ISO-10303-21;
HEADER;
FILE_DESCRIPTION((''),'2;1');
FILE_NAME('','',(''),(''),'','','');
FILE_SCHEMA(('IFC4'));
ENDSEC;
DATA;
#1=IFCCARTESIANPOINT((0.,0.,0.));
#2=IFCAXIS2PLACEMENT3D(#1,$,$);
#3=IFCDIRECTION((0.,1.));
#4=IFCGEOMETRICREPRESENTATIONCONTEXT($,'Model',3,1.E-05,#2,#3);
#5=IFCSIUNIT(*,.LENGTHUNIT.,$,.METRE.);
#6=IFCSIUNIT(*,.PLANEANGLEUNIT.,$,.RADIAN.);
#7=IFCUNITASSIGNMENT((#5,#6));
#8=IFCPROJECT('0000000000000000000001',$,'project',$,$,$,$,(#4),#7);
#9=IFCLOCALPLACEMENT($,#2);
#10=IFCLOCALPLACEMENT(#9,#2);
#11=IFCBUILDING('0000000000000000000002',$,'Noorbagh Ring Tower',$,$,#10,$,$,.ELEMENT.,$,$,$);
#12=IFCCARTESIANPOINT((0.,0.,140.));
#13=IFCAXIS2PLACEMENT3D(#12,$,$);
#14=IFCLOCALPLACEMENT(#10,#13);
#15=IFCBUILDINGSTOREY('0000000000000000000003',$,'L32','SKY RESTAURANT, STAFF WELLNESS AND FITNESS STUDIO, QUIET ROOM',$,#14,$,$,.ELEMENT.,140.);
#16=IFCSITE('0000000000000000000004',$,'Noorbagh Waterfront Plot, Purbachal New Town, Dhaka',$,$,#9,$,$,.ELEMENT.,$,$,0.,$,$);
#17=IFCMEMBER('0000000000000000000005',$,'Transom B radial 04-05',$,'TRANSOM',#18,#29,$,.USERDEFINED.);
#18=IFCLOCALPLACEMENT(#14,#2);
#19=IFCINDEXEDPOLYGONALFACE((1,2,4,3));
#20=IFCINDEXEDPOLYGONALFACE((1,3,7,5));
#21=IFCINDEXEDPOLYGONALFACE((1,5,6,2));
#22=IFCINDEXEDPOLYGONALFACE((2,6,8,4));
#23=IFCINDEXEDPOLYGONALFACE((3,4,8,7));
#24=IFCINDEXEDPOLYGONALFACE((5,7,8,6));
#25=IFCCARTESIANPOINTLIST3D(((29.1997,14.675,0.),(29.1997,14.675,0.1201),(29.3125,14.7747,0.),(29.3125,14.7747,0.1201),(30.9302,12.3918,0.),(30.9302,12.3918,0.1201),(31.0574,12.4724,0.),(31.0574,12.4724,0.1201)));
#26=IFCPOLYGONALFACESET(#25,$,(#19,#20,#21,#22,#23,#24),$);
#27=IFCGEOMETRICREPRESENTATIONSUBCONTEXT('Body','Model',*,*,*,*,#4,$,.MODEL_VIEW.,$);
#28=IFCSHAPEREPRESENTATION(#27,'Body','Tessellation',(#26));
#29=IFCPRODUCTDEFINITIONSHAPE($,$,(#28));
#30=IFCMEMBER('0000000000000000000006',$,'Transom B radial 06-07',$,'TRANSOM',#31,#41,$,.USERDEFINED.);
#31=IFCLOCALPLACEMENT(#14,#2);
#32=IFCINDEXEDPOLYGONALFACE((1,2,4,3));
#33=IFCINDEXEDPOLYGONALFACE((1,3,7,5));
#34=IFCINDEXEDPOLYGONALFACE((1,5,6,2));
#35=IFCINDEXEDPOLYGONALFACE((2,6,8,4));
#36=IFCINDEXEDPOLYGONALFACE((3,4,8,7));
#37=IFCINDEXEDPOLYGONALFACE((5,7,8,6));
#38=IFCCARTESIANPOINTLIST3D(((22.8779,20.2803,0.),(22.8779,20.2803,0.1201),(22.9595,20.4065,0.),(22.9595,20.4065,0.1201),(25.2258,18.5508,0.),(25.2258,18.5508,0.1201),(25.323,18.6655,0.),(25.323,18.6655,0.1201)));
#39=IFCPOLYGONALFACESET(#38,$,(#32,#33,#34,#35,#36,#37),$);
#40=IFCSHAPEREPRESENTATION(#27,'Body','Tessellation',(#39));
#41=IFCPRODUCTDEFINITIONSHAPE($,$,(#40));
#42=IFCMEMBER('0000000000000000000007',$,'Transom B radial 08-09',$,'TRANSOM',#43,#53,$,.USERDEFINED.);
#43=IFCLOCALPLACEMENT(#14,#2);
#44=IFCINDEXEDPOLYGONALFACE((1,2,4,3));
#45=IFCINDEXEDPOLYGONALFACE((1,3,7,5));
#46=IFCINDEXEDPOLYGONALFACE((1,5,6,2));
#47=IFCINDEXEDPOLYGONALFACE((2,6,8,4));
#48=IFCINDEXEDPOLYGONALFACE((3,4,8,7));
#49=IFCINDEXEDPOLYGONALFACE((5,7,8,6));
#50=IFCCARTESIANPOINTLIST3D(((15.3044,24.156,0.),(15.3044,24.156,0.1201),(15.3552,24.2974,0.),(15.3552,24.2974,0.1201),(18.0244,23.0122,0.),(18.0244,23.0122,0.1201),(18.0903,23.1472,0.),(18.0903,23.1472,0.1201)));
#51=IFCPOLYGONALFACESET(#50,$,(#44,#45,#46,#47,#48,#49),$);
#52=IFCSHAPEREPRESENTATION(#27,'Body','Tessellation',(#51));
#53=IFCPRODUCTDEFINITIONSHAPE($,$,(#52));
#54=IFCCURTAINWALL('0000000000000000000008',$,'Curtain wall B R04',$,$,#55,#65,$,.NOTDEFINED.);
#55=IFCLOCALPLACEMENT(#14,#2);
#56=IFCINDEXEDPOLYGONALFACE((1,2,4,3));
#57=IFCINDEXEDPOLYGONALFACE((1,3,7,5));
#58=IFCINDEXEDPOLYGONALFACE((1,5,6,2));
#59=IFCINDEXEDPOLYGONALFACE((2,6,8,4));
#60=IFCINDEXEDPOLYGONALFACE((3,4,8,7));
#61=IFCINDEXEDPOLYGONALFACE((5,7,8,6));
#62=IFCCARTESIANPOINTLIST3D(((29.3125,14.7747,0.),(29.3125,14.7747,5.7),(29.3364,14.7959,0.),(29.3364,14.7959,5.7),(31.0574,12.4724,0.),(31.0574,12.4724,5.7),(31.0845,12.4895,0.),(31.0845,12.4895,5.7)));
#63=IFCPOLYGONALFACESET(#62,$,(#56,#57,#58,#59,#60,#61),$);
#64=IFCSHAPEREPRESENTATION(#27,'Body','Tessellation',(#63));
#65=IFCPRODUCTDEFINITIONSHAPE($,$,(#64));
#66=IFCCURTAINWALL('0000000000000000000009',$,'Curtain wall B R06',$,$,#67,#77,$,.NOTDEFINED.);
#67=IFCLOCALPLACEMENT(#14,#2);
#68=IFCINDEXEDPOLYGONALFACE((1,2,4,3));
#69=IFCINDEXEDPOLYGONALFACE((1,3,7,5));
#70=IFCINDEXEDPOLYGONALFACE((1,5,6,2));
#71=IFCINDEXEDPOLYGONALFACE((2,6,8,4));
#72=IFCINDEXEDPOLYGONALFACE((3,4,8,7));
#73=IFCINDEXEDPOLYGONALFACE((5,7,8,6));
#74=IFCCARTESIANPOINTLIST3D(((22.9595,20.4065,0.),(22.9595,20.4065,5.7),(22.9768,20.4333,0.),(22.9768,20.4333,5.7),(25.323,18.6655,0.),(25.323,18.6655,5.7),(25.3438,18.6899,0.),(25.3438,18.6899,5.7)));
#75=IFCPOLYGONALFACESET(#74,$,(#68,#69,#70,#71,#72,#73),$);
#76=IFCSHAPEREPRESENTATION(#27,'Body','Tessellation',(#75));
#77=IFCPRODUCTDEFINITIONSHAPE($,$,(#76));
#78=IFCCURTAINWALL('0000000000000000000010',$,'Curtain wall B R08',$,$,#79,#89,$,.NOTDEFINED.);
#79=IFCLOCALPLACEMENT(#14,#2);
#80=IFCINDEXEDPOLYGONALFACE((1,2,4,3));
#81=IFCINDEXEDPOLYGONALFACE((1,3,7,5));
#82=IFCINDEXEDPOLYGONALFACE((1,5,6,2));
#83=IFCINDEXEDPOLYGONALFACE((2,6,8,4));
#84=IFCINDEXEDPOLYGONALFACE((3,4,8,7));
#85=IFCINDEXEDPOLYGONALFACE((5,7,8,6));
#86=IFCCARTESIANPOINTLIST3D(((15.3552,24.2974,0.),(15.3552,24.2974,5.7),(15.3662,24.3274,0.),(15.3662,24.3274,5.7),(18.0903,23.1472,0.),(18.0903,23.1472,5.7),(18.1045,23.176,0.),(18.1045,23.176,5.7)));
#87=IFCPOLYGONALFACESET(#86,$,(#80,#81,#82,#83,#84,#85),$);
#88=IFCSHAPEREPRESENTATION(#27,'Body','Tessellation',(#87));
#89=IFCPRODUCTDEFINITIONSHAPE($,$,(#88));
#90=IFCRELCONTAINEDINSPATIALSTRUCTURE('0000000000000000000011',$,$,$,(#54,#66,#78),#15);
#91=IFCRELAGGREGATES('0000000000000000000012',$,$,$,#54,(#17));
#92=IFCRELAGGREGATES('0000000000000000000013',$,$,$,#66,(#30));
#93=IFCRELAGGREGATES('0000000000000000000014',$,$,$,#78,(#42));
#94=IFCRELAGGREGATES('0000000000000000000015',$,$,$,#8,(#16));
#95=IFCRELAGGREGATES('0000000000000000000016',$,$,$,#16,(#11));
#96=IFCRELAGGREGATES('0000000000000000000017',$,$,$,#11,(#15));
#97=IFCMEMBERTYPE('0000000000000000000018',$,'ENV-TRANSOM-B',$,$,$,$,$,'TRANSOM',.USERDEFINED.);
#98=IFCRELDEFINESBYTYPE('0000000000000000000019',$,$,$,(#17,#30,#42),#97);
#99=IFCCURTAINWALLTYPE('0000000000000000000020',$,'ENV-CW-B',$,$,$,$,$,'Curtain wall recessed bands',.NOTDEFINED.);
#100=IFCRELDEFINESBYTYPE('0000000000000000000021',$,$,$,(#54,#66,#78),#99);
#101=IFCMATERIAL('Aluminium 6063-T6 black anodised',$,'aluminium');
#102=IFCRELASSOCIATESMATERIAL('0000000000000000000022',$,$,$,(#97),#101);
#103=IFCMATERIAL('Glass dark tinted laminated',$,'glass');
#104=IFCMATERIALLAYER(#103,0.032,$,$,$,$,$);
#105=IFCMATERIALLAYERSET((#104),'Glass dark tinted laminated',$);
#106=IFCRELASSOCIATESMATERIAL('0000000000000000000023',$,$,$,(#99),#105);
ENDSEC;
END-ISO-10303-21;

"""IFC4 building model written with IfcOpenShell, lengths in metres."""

from ifc_helpers import new_model, si_unit, direction, frame, origin, place, context, subcontext, project, spatial, polyline, outline, extrude, material, layer, layer_set, type_object, element, aggregate, save


model = new_model("IFC4")

# Units and contexts
model_context = context("Model", 3, precision=1e-05, world=origin(), true_north=direction((0.0, 1.0)))
body_context = subcontext(model_context, "Body", "Model", "MODEL_VIEW")
ifc_project = project(units=[si_unit("LENGTHUNIT", "METRE"), si_unit("PLANEANGLEUNIT", "RADIAN")], contexts=[model_context])

# Members
site_placement = place(None, origin())
building_placement = place(site_placement, origin())
storey_placement = place(building_placement, frame((0.0, 0.0, 140.0)))
ifc_material_1 = material(Name="Aluminium 6063-T6 black anodised", Category="aluminium")
member_type_1 = type_object("IfcMemberType", Name="ENV-TRANSOM-B", ElementType="TRANSOM", PredefinedType="USERDEFINED", material=ifc_material_1)
member_1_placement = place(storey_placement, origin())
member_1 = element("IfcMember", 1, at=member_1_placement, type_object=member_type_1, Name="Transom B radial 04-05", ObjectType="TRANSOM", PredefinedType="USERDEFINED", context=body_context, shape_type="SweptSolid", body=[
    extrude(outline(polyline([(31.0574, 12.4724), (29.3125, 14.7747), (29.1997, 14.675), (30.9302, 12.3918), (31.0574, 12.4724)])), origin(), (0.0, 0.0, 1.0), 0.1201),
])
member_2_placement = place(storey_placement, origin())
member_2 = element("IfcMember", 2, at=member_2_placement, type_object=member_type_1, Name="Transom B radial 06-07", ObjectType="TRANSOM", PredefinedType="USERDEFINED", context=body_context, shape_type="SweptSolid", body=[
    extrude(outline(polyline([(25.323, 18.6655), (22.9595, 20.4065), (22.8779, 20.2803), (25.2258, 18.5508), (25.323, 18.6655)])), origin(), (0.0, 0.0, 1.0), 0.1201),
])
member_3_placement = place(storey_placement, origin())
member_3 = element("IfcMember", 3, at=member_3_placement, type_object=member_type_1, Name="Transom B radial 08-09", ObjectType="TRANSOM", PredefinedType="USERDEFINED", context=body_context, shape_type="SweptSolid", body=[
    extrude(outline(polyline([(18.0903, 23.1472), (15.3552, 24.2974), (15.3044, 24.156), (18.0244, 23.0122), (18.0903, 23.1472)])), origin(), (0.0, 0.0, 1.0), 0.1201),
])

# Site, building, storey
site = spatial("IfcSite", under=ifc_project, at=site_placement, Name="Noorbagh Waterfront Plot, Purbachal New Town, Dhaka", CompositionType="ELEMENT", RefElevation=0.0)
building = spatial("IfcBuilding", under=site, at=building_placement, Name="Noorbagh Ring Tower", CompositionType="ELEMENT")
storey = spatial("IfcBuildingStorey", under=building, at=storey_placement, Name="L32", Description="SKY RESTAURANT, STAFF WELLNESS AND FITNESS STUDIO, QUIET ROOM", CompositionType="ELEMENT", Elevation=140.0)

# Curtain walls
ifc_material_2 = material(Name="Glass dark tinted laminated", Category="glass")
ifc_layer = layer(ifc_material_2, 0.032)
ifc_layer_set = layer_set([ifc_layer], Name="Glass dark tinted laminated")
curtain_wall_type = type_object("IfcCurtainWallType", Name="ENV-CW-B", ElementType="Curtain wall recessed bands", PredefinedType="NOTDEFINED", material=ifc_layer_set)
curtain_wall_1_placement = place(storey_placement, origin())
curtain_wall_1 = element("IfcCurtainWall", 4, at=curtain_wall_1_placement, inside=storey, type_object=curtain_wall_type, Name="Curtain wall B R04", PredefinedType="NOTDEFINED", context=body_context, shape_type="SweptSolid", body=[
    extrude(outline(polyline([(31.0845, 12.4895), (29.3364, 14.7959), (29.3125, 14.7747), (31.0574, 12.4724), (31.0845, 12.4895)])), origin(), (0.0, 0.0, 1.0), 5.7),
])
aggregate(curtain_wall_1, [member_1])
curtain_wall_2_placement = place(storey_placement, origin())
curtain_wall_2 = element("IfcCurtainWall", 5, at=curtain_wall_2_placement, inside=storey, type_object=curtain_wall_type, Name="Curtain wall B R06", PredefinedType="NOTDEFINED", context=body_context, shape_type="SweptSolid", body=[
    extrude(outline(polyline([(25.3438, 18.6899), (22.9768, 20.4333), (22.9595, 20.4065), (25.323, 18.6655), (25.3438, 18.6899)])), origin(), (0.0, 0.0, 1.0), 5.7),
])
aggregate(curtain_wall_2, [member_2])
curtain_wall_3_placement = place(storey_placement, origin())
curtain_wall_3 = element("IfcCurtainWall", 6, at=curtain_wall_3_placement, inside=storey, type_object=curtain_wall_type, Name="Curtain wall B R08", PredefinedType="NOTDEFINED", context=body_context, shape_type="SweptSolid", body=[
    extrude(outline(polyline([(18.1045, 23.176), (15.3662, 24.3274), (15.3552, 24.2974), (18.0903, 23.1472), (18.1045, 23.176)])), origin(), (0.0, 0.0, 1.0), 5.7),
])
aggregate(curtain_wall_3, [member_3])

save(model, "model.ifc")
